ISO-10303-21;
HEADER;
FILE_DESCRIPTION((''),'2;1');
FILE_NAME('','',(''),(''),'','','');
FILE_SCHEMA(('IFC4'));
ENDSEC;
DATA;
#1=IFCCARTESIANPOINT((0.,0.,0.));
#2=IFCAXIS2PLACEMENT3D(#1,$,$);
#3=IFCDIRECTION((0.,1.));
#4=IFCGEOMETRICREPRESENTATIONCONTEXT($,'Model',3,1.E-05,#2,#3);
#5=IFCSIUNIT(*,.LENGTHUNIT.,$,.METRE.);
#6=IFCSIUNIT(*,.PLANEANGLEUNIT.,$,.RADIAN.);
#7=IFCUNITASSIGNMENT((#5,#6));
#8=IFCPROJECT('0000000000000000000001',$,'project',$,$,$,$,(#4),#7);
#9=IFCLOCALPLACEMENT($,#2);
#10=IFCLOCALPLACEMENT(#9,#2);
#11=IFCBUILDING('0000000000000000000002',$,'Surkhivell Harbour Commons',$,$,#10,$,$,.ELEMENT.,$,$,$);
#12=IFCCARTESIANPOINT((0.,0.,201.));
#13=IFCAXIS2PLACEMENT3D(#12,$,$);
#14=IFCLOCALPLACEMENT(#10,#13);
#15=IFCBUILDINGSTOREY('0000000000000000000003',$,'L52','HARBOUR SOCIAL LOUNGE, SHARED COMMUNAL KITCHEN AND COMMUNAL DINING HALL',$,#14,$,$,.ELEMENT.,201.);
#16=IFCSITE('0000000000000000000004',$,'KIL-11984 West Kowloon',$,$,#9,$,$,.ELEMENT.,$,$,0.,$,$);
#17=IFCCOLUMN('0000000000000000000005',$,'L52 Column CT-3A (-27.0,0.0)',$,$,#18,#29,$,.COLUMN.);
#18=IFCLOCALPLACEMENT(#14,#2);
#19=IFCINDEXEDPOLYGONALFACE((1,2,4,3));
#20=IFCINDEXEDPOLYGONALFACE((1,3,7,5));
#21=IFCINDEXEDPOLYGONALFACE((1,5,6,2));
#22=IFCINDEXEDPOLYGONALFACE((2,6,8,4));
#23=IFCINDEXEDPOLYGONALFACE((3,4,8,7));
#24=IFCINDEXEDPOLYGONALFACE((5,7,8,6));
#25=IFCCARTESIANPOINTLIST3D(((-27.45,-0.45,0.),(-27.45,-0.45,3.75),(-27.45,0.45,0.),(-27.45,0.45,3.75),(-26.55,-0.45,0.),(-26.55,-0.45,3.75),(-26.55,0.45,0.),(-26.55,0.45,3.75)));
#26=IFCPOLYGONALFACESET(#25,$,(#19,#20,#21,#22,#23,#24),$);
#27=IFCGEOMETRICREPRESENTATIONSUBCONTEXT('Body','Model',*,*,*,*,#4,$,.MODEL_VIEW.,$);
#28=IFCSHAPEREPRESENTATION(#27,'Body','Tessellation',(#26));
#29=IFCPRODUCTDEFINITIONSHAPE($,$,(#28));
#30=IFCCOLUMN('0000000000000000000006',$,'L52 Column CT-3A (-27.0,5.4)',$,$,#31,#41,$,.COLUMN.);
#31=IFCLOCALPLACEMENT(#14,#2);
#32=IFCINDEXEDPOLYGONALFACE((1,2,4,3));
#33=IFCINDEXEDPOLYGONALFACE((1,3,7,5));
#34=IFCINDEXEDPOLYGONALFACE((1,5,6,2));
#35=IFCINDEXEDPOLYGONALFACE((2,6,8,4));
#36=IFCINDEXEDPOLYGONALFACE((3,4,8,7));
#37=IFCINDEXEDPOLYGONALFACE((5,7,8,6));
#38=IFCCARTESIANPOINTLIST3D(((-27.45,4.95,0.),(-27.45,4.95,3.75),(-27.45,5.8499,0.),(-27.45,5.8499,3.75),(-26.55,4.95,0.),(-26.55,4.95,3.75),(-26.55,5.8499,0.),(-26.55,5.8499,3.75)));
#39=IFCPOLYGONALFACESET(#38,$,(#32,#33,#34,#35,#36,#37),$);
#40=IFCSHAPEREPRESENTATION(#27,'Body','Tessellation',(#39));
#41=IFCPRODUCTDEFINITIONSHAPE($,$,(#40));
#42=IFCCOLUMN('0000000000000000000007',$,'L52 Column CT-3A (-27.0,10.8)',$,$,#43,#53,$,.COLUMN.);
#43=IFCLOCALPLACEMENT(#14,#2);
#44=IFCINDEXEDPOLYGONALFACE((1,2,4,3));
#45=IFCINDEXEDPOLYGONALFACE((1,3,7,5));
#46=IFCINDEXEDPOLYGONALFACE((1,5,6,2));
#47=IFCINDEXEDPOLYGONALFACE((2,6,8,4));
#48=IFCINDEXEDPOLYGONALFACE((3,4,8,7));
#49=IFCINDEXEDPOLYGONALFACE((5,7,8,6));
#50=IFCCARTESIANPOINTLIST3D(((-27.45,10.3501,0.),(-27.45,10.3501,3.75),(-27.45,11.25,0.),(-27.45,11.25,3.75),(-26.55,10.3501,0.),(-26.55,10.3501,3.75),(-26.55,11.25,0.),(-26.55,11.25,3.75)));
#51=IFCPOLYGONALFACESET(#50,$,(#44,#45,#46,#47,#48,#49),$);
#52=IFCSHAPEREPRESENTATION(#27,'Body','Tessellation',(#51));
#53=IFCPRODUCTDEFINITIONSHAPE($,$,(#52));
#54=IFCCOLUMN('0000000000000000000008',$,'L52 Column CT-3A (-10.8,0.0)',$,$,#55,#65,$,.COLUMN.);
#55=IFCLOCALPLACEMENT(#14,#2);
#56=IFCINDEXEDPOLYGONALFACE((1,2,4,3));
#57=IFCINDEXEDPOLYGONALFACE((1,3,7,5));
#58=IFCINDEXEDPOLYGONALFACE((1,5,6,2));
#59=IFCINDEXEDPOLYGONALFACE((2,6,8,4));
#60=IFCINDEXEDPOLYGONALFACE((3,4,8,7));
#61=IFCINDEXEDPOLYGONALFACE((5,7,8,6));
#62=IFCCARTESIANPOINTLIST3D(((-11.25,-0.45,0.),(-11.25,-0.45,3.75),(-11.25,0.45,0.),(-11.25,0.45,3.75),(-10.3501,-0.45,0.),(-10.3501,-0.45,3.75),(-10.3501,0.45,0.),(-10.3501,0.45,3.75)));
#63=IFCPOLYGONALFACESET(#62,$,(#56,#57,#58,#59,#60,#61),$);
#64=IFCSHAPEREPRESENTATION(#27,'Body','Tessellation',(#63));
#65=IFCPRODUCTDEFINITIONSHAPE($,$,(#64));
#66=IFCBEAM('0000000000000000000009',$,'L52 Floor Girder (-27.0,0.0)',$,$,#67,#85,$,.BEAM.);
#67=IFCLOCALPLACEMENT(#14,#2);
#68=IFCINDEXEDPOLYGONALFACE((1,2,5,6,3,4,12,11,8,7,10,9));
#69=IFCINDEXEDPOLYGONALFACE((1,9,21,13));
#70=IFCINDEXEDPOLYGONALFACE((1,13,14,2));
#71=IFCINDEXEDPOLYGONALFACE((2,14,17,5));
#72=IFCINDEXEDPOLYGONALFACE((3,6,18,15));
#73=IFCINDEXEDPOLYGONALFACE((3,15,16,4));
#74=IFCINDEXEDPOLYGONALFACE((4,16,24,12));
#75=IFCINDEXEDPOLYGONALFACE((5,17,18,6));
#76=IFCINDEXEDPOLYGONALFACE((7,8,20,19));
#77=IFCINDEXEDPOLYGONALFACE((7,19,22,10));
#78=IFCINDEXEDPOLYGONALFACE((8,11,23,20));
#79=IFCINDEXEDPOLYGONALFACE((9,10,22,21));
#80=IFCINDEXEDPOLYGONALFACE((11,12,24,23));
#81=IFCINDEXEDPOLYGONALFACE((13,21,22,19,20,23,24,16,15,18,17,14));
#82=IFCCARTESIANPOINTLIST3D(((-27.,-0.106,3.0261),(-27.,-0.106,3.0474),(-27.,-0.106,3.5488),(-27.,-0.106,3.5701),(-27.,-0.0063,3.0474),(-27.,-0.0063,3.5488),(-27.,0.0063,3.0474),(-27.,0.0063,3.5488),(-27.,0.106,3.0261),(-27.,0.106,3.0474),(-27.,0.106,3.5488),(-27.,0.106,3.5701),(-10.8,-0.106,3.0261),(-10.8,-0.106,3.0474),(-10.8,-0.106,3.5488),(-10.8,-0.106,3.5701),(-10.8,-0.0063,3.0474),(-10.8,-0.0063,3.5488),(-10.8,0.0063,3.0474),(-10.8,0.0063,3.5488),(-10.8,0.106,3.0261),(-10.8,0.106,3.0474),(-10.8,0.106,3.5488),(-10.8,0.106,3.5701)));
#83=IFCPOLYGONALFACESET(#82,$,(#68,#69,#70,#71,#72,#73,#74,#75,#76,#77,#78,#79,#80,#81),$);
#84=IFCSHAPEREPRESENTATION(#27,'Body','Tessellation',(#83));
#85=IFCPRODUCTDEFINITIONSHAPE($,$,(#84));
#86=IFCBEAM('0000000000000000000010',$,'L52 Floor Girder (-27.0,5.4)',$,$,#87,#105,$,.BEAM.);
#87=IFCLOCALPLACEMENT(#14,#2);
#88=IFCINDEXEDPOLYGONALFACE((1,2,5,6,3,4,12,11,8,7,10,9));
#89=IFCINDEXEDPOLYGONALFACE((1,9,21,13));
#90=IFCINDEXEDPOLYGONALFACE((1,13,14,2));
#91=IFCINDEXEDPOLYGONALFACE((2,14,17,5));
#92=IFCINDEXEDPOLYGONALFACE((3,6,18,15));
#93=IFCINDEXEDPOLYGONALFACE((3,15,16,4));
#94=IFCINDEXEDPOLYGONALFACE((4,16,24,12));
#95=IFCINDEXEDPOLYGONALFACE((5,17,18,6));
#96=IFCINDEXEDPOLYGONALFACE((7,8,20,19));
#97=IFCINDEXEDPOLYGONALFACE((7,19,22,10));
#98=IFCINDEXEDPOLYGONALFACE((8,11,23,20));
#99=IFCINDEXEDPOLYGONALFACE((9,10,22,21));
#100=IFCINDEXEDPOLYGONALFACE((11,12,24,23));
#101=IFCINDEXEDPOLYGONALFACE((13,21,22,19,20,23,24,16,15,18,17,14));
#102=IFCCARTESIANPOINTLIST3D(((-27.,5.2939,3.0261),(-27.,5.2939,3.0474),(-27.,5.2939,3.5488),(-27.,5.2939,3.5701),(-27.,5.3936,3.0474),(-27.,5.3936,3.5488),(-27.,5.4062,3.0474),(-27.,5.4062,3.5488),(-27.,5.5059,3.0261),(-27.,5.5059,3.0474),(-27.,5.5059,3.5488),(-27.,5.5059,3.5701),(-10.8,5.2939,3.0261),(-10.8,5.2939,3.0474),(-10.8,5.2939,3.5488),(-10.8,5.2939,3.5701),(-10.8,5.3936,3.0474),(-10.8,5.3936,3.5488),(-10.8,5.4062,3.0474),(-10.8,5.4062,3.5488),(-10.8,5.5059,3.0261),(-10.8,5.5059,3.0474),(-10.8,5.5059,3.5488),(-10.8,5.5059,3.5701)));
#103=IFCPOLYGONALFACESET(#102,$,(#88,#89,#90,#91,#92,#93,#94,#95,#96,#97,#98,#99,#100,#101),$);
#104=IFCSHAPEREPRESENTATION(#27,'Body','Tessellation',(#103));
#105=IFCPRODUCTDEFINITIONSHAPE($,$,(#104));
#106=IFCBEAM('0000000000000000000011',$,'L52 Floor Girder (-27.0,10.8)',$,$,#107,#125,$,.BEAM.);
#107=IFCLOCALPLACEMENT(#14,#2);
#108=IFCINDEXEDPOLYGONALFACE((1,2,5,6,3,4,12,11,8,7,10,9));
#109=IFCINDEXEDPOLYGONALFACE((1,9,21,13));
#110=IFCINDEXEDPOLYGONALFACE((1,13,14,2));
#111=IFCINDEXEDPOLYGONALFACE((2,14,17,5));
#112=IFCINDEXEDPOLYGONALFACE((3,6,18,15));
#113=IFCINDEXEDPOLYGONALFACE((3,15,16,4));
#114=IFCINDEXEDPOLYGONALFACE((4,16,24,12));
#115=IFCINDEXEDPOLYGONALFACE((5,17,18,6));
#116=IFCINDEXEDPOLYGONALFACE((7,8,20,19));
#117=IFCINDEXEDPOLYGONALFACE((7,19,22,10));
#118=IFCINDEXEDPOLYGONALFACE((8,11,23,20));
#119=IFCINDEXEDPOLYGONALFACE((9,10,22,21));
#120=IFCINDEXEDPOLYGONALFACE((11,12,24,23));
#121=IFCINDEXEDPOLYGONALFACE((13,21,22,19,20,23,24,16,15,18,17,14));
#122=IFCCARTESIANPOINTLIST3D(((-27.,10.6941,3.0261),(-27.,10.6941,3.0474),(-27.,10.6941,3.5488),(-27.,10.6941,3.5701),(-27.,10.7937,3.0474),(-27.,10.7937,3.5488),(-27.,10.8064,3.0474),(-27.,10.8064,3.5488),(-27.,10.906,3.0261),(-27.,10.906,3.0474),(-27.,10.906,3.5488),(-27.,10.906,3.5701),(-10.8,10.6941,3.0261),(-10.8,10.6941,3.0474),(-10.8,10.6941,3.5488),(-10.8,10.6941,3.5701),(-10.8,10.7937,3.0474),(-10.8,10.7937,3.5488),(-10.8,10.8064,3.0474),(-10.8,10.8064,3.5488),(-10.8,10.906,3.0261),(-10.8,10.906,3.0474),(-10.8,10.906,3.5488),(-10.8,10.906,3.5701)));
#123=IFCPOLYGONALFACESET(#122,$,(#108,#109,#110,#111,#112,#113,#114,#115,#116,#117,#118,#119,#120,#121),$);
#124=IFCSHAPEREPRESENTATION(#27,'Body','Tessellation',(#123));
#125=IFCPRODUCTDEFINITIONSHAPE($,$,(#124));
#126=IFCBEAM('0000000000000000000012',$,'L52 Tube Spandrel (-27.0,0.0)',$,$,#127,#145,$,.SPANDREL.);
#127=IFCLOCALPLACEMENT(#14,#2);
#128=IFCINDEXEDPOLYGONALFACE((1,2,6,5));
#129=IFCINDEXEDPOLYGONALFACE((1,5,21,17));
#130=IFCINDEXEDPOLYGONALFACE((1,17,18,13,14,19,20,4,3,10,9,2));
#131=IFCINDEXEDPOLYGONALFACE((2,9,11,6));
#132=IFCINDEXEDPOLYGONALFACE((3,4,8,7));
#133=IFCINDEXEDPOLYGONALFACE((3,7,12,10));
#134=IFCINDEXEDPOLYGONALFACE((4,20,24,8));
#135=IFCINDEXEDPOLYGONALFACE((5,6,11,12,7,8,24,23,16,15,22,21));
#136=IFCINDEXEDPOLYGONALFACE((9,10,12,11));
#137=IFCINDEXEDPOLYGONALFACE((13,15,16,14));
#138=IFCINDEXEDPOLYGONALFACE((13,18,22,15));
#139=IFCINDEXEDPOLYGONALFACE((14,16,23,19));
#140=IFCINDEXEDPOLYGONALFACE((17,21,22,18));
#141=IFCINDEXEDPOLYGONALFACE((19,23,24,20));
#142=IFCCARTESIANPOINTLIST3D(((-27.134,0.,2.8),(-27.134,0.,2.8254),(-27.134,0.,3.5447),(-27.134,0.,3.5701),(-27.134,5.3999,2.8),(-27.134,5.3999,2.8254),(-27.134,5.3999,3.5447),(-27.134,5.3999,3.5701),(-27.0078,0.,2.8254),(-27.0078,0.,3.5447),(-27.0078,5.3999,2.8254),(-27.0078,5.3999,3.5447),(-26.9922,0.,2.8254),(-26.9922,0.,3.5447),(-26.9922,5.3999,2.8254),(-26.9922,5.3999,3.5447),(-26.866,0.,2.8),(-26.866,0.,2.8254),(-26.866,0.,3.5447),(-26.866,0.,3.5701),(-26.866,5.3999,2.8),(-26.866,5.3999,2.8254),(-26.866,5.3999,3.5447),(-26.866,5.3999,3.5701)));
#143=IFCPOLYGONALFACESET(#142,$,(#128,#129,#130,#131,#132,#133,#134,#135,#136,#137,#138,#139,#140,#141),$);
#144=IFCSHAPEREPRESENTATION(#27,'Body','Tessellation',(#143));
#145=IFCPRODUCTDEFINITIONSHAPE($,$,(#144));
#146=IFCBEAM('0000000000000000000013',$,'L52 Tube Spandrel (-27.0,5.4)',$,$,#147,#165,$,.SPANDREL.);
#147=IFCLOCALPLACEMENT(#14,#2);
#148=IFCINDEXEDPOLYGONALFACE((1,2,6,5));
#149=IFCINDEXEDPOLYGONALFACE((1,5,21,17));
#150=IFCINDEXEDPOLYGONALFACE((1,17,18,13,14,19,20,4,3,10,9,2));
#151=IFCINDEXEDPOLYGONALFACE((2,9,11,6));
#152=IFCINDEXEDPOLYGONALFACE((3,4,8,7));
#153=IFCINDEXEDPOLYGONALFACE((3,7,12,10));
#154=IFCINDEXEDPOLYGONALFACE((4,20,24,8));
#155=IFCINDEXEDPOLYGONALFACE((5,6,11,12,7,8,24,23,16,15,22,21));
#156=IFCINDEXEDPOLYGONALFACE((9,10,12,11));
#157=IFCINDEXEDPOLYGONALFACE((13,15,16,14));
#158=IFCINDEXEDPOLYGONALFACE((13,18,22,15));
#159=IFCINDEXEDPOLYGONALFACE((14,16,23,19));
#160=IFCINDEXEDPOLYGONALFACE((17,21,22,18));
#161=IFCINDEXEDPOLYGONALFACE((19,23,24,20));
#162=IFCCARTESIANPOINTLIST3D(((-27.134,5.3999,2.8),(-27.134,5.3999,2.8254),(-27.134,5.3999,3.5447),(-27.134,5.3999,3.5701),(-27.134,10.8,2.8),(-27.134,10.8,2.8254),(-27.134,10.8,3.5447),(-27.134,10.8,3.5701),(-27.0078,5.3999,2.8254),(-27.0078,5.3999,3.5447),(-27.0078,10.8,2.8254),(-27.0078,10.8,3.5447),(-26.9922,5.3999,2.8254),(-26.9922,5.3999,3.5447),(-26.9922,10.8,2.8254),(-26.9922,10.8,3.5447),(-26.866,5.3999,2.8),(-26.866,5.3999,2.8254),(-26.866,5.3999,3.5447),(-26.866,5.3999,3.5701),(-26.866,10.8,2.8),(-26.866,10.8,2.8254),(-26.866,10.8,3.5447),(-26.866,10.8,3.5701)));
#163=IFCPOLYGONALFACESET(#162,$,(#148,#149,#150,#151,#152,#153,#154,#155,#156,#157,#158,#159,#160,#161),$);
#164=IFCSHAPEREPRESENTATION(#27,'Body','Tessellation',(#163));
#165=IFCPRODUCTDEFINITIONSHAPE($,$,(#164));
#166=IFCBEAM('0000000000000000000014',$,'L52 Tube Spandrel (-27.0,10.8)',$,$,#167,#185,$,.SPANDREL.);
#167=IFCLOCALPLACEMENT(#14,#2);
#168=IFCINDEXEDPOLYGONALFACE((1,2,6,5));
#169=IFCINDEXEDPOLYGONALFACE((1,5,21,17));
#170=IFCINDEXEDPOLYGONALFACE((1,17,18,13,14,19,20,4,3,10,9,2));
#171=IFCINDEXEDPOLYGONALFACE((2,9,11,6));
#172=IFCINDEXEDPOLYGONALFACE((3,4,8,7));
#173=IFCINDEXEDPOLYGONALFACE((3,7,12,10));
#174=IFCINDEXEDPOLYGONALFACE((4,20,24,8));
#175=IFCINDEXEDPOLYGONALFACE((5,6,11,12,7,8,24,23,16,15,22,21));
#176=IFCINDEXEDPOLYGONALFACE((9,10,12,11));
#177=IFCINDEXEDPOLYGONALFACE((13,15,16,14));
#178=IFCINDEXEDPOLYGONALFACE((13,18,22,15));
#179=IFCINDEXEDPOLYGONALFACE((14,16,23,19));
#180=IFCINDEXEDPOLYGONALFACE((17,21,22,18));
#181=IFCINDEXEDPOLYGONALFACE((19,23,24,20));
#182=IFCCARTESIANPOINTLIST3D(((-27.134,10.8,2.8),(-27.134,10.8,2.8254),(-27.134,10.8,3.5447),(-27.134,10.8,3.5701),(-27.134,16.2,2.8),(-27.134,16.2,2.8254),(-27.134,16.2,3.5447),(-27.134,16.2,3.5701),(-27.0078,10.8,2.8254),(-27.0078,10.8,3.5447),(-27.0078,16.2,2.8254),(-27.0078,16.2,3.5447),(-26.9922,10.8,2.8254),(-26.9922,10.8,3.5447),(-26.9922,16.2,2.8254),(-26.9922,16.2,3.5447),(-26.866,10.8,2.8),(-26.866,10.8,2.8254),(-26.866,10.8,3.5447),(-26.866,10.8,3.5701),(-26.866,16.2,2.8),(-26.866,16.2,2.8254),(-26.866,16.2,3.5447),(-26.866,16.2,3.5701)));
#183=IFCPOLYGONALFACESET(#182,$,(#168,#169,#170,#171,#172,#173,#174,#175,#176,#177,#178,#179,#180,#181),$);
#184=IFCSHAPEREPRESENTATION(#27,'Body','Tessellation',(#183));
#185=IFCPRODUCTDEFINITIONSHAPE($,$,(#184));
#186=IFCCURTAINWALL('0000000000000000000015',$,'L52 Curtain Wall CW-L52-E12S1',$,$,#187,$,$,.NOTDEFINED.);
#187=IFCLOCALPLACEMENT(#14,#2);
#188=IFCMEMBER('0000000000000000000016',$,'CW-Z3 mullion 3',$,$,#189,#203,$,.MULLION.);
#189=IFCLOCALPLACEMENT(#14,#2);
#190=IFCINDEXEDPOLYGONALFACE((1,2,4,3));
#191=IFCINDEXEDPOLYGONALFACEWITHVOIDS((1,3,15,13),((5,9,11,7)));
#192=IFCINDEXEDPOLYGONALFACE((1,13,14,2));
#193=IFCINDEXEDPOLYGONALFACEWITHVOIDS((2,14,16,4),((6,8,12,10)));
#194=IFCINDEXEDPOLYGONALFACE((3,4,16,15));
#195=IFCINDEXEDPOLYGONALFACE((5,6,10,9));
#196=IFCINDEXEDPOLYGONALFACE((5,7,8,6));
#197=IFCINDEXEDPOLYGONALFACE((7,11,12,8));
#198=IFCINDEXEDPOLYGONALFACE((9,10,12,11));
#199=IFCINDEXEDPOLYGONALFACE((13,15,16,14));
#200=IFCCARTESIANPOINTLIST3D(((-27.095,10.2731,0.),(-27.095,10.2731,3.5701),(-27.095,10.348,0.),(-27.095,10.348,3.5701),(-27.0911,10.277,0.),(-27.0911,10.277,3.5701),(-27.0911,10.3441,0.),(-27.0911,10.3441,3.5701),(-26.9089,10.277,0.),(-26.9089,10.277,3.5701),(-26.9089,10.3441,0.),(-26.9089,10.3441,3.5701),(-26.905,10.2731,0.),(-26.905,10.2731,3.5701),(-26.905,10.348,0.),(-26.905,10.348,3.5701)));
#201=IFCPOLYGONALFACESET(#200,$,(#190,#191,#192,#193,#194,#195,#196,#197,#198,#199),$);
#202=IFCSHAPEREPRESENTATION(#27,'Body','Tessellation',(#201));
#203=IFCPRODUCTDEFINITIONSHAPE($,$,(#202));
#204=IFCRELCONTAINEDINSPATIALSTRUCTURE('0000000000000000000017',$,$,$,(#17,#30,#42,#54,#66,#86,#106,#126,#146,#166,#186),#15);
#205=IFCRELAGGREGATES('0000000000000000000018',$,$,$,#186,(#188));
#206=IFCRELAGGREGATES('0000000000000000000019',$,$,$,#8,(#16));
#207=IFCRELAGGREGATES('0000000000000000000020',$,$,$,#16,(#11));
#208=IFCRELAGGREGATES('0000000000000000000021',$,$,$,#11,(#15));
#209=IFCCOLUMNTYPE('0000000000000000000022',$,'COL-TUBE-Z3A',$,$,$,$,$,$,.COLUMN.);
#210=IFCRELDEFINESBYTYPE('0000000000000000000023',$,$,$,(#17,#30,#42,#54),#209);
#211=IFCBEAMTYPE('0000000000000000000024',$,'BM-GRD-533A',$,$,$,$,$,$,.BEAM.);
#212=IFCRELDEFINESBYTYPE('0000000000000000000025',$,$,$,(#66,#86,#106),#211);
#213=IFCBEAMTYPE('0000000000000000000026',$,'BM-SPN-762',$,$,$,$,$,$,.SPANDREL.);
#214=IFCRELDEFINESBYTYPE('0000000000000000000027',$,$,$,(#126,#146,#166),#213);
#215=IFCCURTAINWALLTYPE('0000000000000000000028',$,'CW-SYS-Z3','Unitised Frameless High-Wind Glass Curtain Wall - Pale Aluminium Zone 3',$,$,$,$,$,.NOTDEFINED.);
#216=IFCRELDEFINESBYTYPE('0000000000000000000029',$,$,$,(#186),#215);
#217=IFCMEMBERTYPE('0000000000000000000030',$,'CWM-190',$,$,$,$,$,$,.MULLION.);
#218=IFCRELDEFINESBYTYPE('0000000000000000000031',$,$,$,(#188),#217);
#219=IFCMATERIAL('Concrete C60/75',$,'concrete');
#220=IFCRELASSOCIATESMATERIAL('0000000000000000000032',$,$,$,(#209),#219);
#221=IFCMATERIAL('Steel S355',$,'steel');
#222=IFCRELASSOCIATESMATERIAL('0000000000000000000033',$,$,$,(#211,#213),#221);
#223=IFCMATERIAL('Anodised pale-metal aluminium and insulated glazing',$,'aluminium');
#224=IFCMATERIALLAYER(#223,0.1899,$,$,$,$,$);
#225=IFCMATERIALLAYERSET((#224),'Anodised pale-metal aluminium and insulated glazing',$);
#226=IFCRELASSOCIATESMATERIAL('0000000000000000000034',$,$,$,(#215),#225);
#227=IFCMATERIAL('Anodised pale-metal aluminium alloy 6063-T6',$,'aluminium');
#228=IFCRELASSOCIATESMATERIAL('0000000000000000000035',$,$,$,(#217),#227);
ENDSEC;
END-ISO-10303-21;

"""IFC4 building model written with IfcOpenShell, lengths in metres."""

from ifc_helpers import new_model, si_unit, direction, frame, origin, origin_2d, place, context, subcontext, project, spatial, rectangle, hollow_rectangle, i_section, extrude, material, layer, layer_set, material_profile, profile_set, type_object, element, aggregate, save


model = new_model("IFC4")

# Units and contexts
model_context = context("Model", 3, precision=1e-05, world=origin(), true_north=direction((0.0, 1.0)))
body_context = subcontext(model_context, "Body", "Model", "MODEL_VIEW")
ifc_project = project(units=[si_unit("LENGTHUNIT", "METRE"), si_unit("PLANEANGLEUNIT", "RADIAN")], contexts=[model_context])

# Site, building, storey
site_placement = place(None, origin())
site = spatial("IfcSite", under=ifc_project, at=site_placement, Name="KIL-11984 West Kowloon", CompositionType="ELEMENT", RefElevation=0.0)
building_placement = place(site_placement, origin())
building = spatial("IfcBuilding", under=site, at=building_placement, Name="Surkhivell Harbour Commons", CompositionType="ELEMENT")
storey_placement = place(building_placement, frame((0.0, 0.0, 201.0)))
storey = spatial("IfcBuildingStorey", under=building, at=storey_placement, Name="L52", Description="HARBOUR SOCIAL LOUNGE, SHARED COMMUNAL KITCHEN AND COMMUNAL DINING HALL", CompositionType="ELEMENT", Elevation=201.0)

# Columns
ifc_material_1 = material(Name="Concrete C60/75", Category="concrete")
ifc_material_profile_1 = material_profile(ifc_material_1, rectangle(XDim=0.8999, YDim=0.8999, at=origin_2d()), Name="RC-COL-900x900")
ifc_profile_set_1 = profile_set([ifc_material_profile_1], Name="Concrete C60/75")
column_type = type_object("IfcColumnType", Name="COL-TUBE-Z3A", PredefinedType="COLUMN", material=ifc_profile_set_1)
for number, where, z_axis, x_axis, name in (
    (1, (-27.0, 0.0, 0.0), (0.0, 0.0, 1.0), (1.0, 0.0, 0.0), "L52 Column CT-3A (-27.0,0.0)"),
    (2, (-27.0, 5.3999, 0.0), (0.0, 0.0, 1.0), (1.0, 0.0, 0.0), "L52 Column CT-3A (-27.0,5.4)"),
    (3, (-27.0, 10.8, 0.0), (0.0, 0.0, 1.0), (1.0, 0.0, 0.0), "L52 Column CT-3A (-27.0,10.8)"),
    (4, (-10.8, 0.0, 0.0), (0.0, 0.0, 1.0), (1.0, 0.0, 0.0), "L52 Column CT-3A (-10.8,0.0)"),
):
    element("IfcColumn", number, at=place(storey_placement, frame(where, z_axis=z_axis, x_axis=x_axis)), inside=storey, type_object=column_type, Name=name, PredefinedType="COLUMN", context=body_context, shape_type="SweptSolid", body=[
        extrude(rectangle(XDim=0.8999, YDim=0.8999, at=origin_2d()), origin(), (0.0, 0.0, 1.0), 3.75),
    ])

# Beams
ifc_material_2 = material(Name="Steel S355", Category="steel")
ifc_material_profile_2 = material_profile(ifc_material_2, i_section(OverallWidth=0.2119, OverallDepth=0.5439, WebThickness=0.0127, FlangeThickness=0.0212, at=origin_2d()), Name="UB533x210x122")
ifc_profile_set_2 = profile_set([ifc_material_profile_2], Name="Steel S355")
beam_type_1 = type_object("IfcBeamType", Name="BM-GRD-533A", PredefinedType="BEAM", material=ifc_profile_set_2)
for number, where, z_axis, x_axis, name in (
    (5, (-27.0, 0.0, 3.2981), (1.0, 0.0, 0.0), (0.0, 1.0, 0.0), "L52 Floor Girder (-27.0,0.0)"),
    (6, (-27.0, 5.3999, 3.2981), (1.0, 0.0, 0.0), (0.0, 1.0, 0.0), "L52 Floor Girder (-27.0,5.4)"),
    (7, (-27.0, 10.8, 3.2981), (1.0, 0.0, 0.0), (0.0, 1.0, 0.0), "L52 Floor Girder (-27.0,10.8)"),
):
    element("IfcBeam", number, at=place(storey_placement, frame(where, z_axis=z_axis, x_axis=x_axis)), inside=storey, type_object=beam_type_1, Name=name, PredefinedType="BEAM", context=body_context, shape_type="SweptSolid", body=[
        extrude(i_section(OverallWidth=0.2119, OverallDepth=0.5439, WebThickness=0.0127, FlangeThickness=0.0212, at=origin_2d()), origin(), (0.0, 0.0, 1.0), 16.2),
    ])
ifc_material_profile_3 = material_profile(ifc_material_2, i_section(OverallWidth=0.2681, OverallDepth=0.77, WebThickness=0.0156, FlangeThickness=0.0254, at=origin_2d()), Name="UB762x267x197")
ifc_profile_set_3 = profile_set([ifc_material_profile_3], Name="Steel S355")
beam_type_2 = type_object("IfcBeamType", Name="BM-SPN-762", PredefinedType="SPANDREL", material=ifc_profile_set_3)
beam_1_placement = place(storey_placement, frame((-27.0, 0.0, 3.1851), z_axis=(0.0, 1.0, 0.0), x_axis=(-1.0, 0.0, 0.0)))
element("IfcBeam", 8, at=beam_1_placement, inside=storey, type_object=beam_type_2, Name="L52 Tube Spandrel (-27.0,0.0)", PredefinedType="SPANDREL", context=body_context, shape_type="SweptSolid", body=[
    extrude(i_section(OverallWidth=0.2681, OverallDepth=0.77, WebThickness=0.0156, FlangeThickness=0.0254, at=origin_2d()), origin(), (0.0, 0.0, 1.0), 5.3999),
])
beam_2_placement = place(storey_placement, frame((-27.0, 5.3999, 3.1851), z_axis=(0.0, 1.0, 0.0), x_axis=(-1.0, 0.0, 0.0)))
element("IfcBeam", 9, at=beam_2_placement, inside=storey, type_object=beam_type_2, Name="L52 Tube Spandrel (-27.0,5.4)", PredefinedType="SPANDREL", context=body_context, shape_type="SweptSolid", body=[
    extrude(i_section(OverallWidth=0.2681, OverallDepth=0.77, WebThickness=0.0156, FlangeThickness=0.0254, at=origin_2d()), origin(), (0.0, 0.0, 1.0), 5.4001),
])
beam_3_placement = place(storey_placement, frame((-27.0, 10.8, 3.1851), z_axis=(0.0, 1.0, 0.0), x_axis=(-1.0, 0.0, 0.0)))
element("IfcBeam", 10, at=beam_3_placement, inside=storey, type_object=beam_type_2, Name="L52 Tube Spandrel (-27.0,10.8)", PredefinedType="SPANDREL", context=body_context, shape_type="SweptSolid", body=[
    extrude(i_section(OverallWidth=0.2681, OverallDepth=0.77, WebThickness=0.0156, FlangeThickness=0.0254, at=origin_2d()), origin(), (0.0, 0.0, 1.0), 5.3999),
])

# Curtain wall, member
ifc_material_3 = material(Name="Anodised pale-metal aluminium and insulated glazing", Category="aluminium")
ifc_layer_1 = layer(ifc_material_3, 0.1899)
ifc_layer_set_1 = layer_set([ifc_layer_1], Name="Anodised pale-metal aluminium and insulated glazing")
curtain_wall_type = type_object("IfcCurtainWallType", Name="CW-SYS-Z3", Description="Unitised Frameless High-Wind Glass Curtain Wall - Pale Aluminium Zone 3", PredefinedType="NOTDEFINED", material=ifc_layer_set_1)
curtain_wall_placement = place(storey_placement, origin())
curtain_wall = element("IfcCurtainWall", 11, at=curtain_wall_placement, inside=storey, type_object=curtain_wall_type, Name="L52 Curtain Wall CW-L52-E12S1", PredefinedType="NOTDEFINED")
ifc_material_4 = material(Name="Anodised pale-metal aluminium alloy 6063-T6", Category="aluminium")
ifc_material_profile_4 = material_profile(ifc_material_4, hollow_rectangle(XDim=0.075, YDim=0.1899, WallThickness=0.0039, at=origin_2d()), Name="ALU-MULL-75x190")
ifc_profile_set_4 = profile_set([ifc_material_profile_4], Name="Anodised pale-metal aluminium alloy 6063-T6")
member_type_1 = type_object("IfcMemberType", Name="CWM-190", PredefinedType="MULLION", material=ifc_profile_set_4)
member_1_placement = place(storey_placement, frame((-27.0, 10.3105, 0.0), z_axis=(0.0, 0.0, 1.0), x_axis=(0.0, -1.0, 0.0)))
member_1 = element("IfcMember", 12, at=member_1_placement, type_object=member_type_1, Name="CW-Z3 mullion 3", PredefinedType="MULLION", context=body_context, shape_type="SweptSolid", body=[
    extrude(hollow_rectangle(XDim=0.075, YDim=0.1899, WallThickness=0.0039, at=origin_2d()), origin(), (0.0, 0.0, 1.0), 3.5701),
])
aggregate(curtain_wall, [member_1])

save(model, "model.ifc")
